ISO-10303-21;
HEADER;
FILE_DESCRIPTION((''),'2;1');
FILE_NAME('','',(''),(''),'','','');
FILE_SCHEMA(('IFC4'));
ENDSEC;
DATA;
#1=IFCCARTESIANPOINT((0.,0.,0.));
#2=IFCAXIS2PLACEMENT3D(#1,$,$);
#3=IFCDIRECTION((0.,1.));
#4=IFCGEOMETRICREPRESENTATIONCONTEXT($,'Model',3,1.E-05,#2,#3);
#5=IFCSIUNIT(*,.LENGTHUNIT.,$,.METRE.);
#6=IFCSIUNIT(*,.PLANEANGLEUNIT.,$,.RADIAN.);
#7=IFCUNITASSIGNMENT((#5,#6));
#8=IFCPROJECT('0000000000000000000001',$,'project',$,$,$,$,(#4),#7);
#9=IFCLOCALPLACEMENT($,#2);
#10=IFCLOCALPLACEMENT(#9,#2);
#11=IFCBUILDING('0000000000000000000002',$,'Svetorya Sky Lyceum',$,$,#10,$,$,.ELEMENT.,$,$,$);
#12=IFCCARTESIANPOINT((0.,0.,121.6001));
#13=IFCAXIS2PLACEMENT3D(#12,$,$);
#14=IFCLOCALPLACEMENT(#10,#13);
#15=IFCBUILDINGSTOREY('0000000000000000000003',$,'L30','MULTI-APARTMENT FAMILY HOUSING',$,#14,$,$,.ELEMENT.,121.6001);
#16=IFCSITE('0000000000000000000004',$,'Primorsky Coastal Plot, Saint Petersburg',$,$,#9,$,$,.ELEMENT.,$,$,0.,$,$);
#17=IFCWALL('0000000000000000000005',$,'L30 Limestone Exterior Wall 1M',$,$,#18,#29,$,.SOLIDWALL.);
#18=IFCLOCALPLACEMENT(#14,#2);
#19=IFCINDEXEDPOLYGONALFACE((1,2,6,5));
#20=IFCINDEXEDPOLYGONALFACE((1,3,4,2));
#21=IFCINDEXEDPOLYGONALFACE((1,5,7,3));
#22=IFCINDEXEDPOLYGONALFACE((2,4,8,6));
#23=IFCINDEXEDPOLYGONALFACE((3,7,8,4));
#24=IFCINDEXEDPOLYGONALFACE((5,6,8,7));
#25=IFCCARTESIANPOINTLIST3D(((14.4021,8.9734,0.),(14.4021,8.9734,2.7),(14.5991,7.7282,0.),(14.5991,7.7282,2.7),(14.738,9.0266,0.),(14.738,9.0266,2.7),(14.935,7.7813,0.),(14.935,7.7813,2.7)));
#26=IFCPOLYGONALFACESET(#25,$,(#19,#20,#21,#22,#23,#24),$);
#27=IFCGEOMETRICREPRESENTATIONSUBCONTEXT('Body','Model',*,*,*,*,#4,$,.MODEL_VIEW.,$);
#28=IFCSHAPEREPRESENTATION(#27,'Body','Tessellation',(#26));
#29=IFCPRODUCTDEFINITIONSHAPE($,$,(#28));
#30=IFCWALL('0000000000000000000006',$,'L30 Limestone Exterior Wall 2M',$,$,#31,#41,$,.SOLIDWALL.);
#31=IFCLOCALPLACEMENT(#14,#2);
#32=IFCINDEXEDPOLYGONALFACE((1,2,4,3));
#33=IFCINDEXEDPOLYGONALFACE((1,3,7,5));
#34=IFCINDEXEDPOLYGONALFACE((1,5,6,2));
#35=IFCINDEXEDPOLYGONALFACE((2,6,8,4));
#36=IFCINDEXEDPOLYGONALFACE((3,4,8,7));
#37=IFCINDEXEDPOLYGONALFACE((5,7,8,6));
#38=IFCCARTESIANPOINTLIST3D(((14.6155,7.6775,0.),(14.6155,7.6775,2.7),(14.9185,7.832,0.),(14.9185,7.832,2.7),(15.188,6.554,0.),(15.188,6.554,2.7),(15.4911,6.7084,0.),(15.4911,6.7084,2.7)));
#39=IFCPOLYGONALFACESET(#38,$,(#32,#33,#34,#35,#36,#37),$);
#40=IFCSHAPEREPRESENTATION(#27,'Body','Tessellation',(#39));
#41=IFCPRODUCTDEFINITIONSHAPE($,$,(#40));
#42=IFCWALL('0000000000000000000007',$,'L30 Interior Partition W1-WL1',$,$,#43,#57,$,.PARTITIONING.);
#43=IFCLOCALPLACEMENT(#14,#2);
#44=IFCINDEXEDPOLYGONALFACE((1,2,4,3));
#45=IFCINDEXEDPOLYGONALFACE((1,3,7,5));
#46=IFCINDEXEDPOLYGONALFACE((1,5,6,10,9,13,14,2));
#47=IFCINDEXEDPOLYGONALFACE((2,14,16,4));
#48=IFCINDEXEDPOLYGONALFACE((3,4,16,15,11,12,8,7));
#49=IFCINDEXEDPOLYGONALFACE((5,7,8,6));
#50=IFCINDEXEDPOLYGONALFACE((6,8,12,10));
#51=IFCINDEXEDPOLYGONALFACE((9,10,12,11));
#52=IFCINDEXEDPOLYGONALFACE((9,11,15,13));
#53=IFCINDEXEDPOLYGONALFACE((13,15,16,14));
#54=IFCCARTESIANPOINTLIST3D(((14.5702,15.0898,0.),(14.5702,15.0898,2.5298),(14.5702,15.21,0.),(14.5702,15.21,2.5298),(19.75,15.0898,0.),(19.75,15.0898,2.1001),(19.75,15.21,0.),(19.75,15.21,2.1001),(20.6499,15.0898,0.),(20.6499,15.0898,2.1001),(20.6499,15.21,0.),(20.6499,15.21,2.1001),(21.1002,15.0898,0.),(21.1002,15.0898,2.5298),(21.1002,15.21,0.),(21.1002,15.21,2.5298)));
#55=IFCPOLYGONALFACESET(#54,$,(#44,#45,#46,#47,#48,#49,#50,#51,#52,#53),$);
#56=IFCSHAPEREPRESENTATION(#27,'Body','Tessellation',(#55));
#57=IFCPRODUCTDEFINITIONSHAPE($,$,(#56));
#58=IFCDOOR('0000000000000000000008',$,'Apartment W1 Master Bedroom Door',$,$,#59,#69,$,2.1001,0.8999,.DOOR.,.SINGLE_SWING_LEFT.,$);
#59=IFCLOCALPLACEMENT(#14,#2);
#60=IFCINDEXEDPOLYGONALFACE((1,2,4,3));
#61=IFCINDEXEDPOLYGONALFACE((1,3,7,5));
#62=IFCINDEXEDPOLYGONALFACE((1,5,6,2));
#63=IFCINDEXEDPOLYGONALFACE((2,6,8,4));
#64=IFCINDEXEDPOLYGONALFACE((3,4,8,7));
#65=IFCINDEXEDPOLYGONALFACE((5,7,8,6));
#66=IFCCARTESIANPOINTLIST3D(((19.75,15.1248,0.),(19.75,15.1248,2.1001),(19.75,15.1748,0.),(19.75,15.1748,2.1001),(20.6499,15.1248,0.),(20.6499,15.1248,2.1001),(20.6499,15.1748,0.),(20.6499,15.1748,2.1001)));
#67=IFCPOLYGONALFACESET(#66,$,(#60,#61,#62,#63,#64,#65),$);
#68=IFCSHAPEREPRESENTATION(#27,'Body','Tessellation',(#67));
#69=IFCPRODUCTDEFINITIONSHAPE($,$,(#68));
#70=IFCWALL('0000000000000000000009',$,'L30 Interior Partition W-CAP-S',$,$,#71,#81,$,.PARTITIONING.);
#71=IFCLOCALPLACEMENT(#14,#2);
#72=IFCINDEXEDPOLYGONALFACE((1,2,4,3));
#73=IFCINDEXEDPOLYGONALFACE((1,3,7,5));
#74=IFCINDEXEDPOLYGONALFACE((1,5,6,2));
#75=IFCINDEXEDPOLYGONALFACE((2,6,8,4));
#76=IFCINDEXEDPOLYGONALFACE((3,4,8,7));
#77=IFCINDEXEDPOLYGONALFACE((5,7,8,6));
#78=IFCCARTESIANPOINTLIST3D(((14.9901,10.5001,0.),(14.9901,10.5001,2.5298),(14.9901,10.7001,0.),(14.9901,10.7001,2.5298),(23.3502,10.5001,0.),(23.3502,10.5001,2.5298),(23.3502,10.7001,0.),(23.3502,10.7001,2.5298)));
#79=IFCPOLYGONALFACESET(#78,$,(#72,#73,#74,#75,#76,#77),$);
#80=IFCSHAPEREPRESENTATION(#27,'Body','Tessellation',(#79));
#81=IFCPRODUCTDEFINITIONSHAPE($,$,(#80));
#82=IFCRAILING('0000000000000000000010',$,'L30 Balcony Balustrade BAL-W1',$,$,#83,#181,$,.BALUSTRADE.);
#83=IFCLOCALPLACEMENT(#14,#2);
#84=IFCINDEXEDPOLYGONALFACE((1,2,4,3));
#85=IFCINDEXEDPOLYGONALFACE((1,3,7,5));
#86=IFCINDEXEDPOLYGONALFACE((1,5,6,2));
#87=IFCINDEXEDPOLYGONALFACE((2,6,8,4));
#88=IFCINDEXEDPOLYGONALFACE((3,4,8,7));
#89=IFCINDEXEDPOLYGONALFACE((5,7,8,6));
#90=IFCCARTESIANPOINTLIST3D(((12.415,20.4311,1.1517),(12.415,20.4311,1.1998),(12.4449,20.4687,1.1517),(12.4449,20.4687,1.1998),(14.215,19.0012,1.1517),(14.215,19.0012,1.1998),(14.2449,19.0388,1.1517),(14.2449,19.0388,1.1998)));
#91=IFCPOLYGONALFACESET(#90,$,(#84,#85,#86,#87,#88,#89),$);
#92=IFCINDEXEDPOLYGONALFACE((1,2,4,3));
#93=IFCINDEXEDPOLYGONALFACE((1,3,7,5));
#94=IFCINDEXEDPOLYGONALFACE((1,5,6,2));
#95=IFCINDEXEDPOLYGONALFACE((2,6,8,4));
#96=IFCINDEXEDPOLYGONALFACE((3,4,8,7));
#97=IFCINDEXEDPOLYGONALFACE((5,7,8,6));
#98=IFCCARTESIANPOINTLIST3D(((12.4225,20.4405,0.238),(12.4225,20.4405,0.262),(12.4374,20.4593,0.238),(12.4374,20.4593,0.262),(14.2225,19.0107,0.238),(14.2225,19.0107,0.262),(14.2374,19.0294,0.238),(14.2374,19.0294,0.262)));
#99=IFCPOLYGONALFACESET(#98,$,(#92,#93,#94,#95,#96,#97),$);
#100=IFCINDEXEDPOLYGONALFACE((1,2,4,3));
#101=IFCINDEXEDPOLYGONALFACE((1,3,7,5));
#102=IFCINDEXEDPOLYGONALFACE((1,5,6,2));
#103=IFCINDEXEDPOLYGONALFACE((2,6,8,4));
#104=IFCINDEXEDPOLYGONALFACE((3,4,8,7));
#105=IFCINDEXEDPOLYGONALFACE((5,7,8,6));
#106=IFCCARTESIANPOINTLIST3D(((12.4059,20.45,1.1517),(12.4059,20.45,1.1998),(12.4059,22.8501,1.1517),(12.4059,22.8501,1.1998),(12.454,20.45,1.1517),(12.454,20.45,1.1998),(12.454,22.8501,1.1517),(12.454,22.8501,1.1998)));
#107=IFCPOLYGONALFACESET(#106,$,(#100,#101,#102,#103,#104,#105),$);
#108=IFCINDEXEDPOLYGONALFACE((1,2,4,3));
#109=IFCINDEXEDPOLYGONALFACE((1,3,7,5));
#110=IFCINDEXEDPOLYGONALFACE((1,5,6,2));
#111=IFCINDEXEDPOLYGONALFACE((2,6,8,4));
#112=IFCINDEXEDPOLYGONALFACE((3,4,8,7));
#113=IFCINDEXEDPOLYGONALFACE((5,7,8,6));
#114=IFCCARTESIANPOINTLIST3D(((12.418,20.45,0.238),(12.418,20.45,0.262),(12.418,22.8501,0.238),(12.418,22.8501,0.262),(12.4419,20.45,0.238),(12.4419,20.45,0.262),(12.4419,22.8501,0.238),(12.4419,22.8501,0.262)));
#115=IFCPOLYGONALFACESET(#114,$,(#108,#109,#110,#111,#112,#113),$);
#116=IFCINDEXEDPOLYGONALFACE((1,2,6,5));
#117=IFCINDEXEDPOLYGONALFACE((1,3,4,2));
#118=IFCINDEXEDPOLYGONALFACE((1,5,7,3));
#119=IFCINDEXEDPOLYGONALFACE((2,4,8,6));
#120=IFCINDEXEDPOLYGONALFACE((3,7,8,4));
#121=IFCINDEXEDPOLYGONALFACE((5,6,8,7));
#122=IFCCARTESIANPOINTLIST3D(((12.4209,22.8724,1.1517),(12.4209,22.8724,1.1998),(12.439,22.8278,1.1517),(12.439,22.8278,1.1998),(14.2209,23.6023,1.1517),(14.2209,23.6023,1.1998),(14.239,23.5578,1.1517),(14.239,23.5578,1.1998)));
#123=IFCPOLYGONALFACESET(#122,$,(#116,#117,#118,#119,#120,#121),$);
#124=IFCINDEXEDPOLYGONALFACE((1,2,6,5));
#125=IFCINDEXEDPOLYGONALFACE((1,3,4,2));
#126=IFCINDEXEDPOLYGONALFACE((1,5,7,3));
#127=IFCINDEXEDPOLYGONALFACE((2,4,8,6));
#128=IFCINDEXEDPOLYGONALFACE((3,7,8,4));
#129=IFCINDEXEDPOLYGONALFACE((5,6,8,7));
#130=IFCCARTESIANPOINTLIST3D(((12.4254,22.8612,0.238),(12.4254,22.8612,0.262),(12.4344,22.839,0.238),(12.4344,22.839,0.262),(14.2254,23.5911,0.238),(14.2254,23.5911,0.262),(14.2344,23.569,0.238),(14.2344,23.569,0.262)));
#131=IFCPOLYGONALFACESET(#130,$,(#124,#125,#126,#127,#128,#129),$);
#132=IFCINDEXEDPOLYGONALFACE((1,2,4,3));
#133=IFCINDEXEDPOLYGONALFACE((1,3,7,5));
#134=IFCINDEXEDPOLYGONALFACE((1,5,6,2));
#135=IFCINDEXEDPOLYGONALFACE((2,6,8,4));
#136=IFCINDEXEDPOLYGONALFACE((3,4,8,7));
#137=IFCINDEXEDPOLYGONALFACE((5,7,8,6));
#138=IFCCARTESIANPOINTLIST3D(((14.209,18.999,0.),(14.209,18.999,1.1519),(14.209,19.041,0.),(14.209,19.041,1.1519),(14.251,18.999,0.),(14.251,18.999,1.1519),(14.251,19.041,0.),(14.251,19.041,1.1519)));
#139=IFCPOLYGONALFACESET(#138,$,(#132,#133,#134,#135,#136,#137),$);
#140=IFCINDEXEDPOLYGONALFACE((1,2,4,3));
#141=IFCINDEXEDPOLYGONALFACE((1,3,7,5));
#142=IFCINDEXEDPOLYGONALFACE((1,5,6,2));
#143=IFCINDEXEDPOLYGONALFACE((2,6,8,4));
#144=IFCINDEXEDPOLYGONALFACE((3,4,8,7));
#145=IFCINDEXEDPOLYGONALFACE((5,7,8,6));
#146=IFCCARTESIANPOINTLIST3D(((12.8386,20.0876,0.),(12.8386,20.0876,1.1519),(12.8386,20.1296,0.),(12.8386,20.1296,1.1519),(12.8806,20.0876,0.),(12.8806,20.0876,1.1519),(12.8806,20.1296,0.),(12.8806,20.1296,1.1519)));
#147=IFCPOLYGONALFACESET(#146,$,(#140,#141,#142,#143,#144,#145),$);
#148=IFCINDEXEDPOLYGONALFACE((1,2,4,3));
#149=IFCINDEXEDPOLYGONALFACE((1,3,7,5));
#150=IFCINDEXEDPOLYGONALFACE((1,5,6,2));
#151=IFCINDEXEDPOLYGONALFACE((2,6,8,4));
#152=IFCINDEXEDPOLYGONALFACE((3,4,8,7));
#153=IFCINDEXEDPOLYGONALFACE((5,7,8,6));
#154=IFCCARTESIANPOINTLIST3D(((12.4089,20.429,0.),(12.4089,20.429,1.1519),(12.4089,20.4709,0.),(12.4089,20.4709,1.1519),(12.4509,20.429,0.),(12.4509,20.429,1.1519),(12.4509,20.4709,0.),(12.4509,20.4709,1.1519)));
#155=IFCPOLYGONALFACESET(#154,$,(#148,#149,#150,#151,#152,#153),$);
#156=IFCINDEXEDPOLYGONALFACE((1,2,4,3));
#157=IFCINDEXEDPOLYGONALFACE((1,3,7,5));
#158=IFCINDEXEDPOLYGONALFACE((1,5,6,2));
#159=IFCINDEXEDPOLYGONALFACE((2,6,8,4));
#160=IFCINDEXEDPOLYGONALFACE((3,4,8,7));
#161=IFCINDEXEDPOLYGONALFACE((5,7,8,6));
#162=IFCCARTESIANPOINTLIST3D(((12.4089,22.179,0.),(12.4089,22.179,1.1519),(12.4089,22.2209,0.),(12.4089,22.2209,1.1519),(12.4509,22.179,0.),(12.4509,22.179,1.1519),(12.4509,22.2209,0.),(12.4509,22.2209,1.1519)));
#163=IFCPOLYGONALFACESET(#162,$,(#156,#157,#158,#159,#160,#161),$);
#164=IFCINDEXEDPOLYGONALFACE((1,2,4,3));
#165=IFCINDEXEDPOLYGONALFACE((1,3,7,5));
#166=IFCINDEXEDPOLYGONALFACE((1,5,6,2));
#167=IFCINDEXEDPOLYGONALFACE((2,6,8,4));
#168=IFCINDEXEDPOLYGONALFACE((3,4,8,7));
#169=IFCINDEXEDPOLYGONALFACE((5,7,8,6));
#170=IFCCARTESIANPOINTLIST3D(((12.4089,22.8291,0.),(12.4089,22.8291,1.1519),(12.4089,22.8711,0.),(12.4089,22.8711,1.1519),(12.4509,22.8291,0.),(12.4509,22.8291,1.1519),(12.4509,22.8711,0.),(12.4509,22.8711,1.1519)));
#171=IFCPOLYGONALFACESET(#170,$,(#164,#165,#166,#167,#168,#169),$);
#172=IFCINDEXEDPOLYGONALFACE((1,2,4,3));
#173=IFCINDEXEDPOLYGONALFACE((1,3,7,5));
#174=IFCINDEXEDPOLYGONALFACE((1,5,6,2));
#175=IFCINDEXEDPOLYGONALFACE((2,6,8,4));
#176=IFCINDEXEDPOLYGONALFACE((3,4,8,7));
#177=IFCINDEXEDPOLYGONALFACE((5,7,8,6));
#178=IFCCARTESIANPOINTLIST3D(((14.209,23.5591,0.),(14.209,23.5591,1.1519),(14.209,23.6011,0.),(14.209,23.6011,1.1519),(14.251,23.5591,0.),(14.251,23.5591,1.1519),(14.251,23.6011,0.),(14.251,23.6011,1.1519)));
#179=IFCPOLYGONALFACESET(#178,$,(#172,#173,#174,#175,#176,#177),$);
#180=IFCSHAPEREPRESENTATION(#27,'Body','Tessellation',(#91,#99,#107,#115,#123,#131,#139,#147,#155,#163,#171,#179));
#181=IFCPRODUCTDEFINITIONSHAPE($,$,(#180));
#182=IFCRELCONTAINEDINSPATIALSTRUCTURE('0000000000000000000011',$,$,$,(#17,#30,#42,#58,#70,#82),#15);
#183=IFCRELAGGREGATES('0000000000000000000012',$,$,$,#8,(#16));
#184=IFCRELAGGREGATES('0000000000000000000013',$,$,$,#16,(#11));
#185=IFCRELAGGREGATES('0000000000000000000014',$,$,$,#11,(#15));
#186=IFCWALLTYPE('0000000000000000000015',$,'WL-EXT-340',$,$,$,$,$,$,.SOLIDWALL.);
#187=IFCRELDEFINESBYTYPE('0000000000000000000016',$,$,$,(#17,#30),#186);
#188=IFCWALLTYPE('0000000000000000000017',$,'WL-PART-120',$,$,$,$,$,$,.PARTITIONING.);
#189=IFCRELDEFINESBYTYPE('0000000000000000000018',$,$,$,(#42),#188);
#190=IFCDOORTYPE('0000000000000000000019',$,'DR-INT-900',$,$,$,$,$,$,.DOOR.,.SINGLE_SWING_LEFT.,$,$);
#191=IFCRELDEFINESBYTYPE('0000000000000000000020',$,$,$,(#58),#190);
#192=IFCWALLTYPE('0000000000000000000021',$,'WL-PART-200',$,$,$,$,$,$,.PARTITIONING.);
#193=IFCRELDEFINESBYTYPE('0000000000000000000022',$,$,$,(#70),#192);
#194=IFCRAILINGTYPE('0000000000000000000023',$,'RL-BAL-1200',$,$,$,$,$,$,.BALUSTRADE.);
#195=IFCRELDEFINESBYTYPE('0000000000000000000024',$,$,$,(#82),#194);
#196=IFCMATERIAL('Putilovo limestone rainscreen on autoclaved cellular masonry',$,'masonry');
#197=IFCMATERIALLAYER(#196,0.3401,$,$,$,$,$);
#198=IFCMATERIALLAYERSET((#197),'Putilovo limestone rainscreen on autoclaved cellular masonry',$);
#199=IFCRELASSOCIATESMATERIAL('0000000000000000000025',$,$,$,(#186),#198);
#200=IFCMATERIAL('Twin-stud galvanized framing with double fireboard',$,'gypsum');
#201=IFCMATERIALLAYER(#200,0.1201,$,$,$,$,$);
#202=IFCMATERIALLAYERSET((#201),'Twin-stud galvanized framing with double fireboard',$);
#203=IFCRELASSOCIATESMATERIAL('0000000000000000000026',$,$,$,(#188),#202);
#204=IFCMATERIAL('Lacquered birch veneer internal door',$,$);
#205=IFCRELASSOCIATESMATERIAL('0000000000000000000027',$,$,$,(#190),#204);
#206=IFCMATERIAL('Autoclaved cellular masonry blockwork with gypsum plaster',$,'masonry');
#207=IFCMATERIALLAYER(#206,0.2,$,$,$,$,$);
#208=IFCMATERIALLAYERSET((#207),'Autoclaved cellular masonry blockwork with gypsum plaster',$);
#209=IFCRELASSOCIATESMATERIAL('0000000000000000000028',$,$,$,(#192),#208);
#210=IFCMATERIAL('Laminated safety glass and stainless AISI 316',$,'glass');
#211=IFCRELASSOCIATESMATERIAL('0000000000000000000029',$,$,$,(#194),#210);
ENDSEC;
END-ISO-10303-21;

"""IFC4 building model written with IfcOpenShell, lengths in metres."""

from ifc_helpers import new_model, si_unit, direction, frame, frame_2d, origin, origin_2d, place, context, subcontext, project, spatial, rectangle, extrude, material, layer, layer_set, type_object, element, fill, save


model = new_model("IFC4")

# Units and contexts
model_context = context("Model", 3, precision=1e-05, world=origin(), true_north=direction((0.0, 1.0)))
body_context = subcontext(model_context, "Body", "Model", "MODEL_VIEW")
ifc_project = project(units=[si_unit("LENGTHUNIT", "METRE"), si_unit("PLANEANGLEUNIT", "RADIAN")], contexts=[model_context])

# Site, building, storey
site_placement = place(None, origin())
site = spatial("IfcSite", under=ifc_project, at=site_placement, Name="Primorsky Coastal Plot, Saint Petersburg", CompositionType="ELEMENT", RefElevation=0.0)
building_placement = place(site_placement, origin())
building = spatial("IfcBuilding", under=site, at=building_placement, Name="Svetorya Sky Lyceum", CompositionType="ELEMENT")
storey_placement = place(building_placement, frame((0.0, 0.0, 121.6001)))
storey = spatial("IfcBuildingStorey", under=building, at=storey_placement, Name="L30", Description="MULTI-APARTMENT FAMILY HOUSING", CompositionType="ELEMENT", Elevation=121.6001)

# Walls
ifc_material_1 = material(Name="Putilovo limestone rainscreen on autoclaved cellular masonry", Category="masonry")
ifc_layer_1 = layer(ifc_material_1, 0.3401)
ifc_layer_set_1 = layer_set([ifc_layer_1], Name="Putilovo limestone rainscreen on autoclaved cellular masonry")
wall_type_1 = type_object("IfcWallType", Name="WL-EXT-340", PredefinedType="SOLIDWALL", material=ifc_layer_set_1)
wall_1_placement = place(storey_placement, frame((14.5701, 9.0, 0.0), z_axis=(0.0, 0.0, 1.0), x_axis=(0.156261, -0.987716, 0.0)))
element("IfcWall", 1, at=wall_1_placement, inside=storey, type_object=wall_type_1, Name="L30 Limestone Exterior Wall 1M", PredefinedType="SOLIDWALL", context=body_context, shape_type="SweptSolid", body=[
    extrude(rectangle(XDim=1.2607, YDim=0.3401, at=frame_2d((0.6304, 0.0))), origin(), (0.0, 0.0, 1.0), 2.7),
])
wall_2_placement = place(storey_placement, frame((14.7671, 7.7546, 0.0), z_axis=(0.0, 0.0, 1.0), x_axis=(0.454016, -0.890994, 0.0)))
element("IfcWall", 2, at=wall_2_placement, inside=storey, type_object=wall_type_1, Name="L30 Limestone Exterior Wall 2M", PredefinedType="SOLIDWALL", context=body_context, shape_type="SweptSolid", body=[
    extrude(rectangle(XDim=1.261, YDim=0.3401, at=frame_2d((0.6304, 0.0))), origin(), (0.0, 0.0, 1.0), 2.7),
])

# Wall, opening, door
ifc_material_2 = material(Name="Twin-stud galvanized framing with double fireboard", Category="gypsum")
ifc_layer_2 = layer(ifc_material_2, 0.1201)
ifc_layer_set_2 = layer_set([ifc_layer_2], Name="Twin-stud galvanized framing with double fireboard")
wall_type_2 = type_object("IfcWallType", Name="WL-PART-120", PredefinedType="PARTITIONING", material=ifc_layer_set_2)
wall_3_placement = place(storey_placement, frame((14.5701, 15.1499, 0.0), z_axis=(0.0, 0.0, 1.0), x_axis=(1.0, 0.0, 0.0)))
wall_3 = element("IfcWall", 3, at=wall_3_placement, inside=storey, type_object=wall_type_2, Name="L30 Interior Partition W1-WL1", PredefinedType="PARTITIONING", context=body_context, shape_type="SweptSolid", body=[
    extrude(rectangle(XDim=6.53, YDim=0.1201, at=frame_2d((3.2651, 0.0))), origin(), (0.0, 0.0, 1.0), 2.5298),
])
opening_placement = place(wall_3_placement, frame((5.1799, 0.0, 0.0)))
opening = element("IfcOpeningElement", 4, at=opening_placement, cuts=wall_3, PredefinedType="OPENING", context=body_context, shape_type="SweptSolid", body=[
    extrude(rectangle(XDim=0.8999, YDim=2.1001, at=frame_2d((0.45, 1.05))), frame((0.0, 0.0701, 0.0), z_axis=(0.0, -1.0, 0.0), x_axis=(1.0, 0.0, 0.0)), (0.0, 0.0, 1.0), 0.1401),
])
ifc_material_3 = material(Name="Lacquered birch veneer internal door")
door_type = type_object("IfcDoorType", Name="DR-INT-900", OperationType="SINGLE_SWING_LEFT", PredefinedType="DOOR", material=ifc_material_3)
door_placement = place(opening_placement, origin())
door = element("IfcDoor", 5, at=door_placement, inside=storey, type_object=door_type, Name="Apartment W1 Master Bedroom Door", OperationType="SINGLE_SWING_LEFT", OverallHeight=2.1001, OverallWidth=0.8999, PredefinedType="DOOR", context=body_context, shape_type="SweptSolid", body=[
    extrude(rectangle(XDim=0.8999, YDim=2.1001, at=frame_2d((0.45, 1.05))), frame((0.0, 0.0249, 0.0), z_axis=(0.0, -1.0, 0.0), x_axis=(1.0, 0.0, 0.0)), (0.0, 0.0, 1.0), 0.05),
])
fill(opening, door)

# Wall
ifc_material_4 = material(Name="Autoclaved cellular masonry blockwork with gypsum plaster", Category="masonry")
ifc_layer_3 = layer(ifc_material_4, 0.2)
ifc_layer_set_3 = layer_set([ifc_layer_3], Name="Autoclaved cellular masonry blockwork with gypsum plaster")
wall_type_3 = type_object("IfcWallType", Name="WL-PART-200", PredefinedType="PARTITIONING", material=ifc_layer_set_3)
wall_4_placement = place(storey_placement, frame((14.99, 10.6001, 0.0), z_axis=(0.0, 0.0, 1.0), x_axis=(1.0, 0.0, 0.0)))
element("IfcWall", 6, at=wall_4_placement, inside=storey, type_object=wall_type_3, Name="L30 Interior Partition W-CAP-S", PredefinedType="PARTITIONING", context=body_context, shape_type="SweptSolid", body=[
    extrude(rectangle(XDim=8.3601, YDim=0.2, at=frame_2d((4.1802, 0.0))), origin(), (0.0, 0.0, 1.0), 2.5298),
])

# Railing
ifc_material_5 = material(Name="Laminated safety glass and stainless AISI 316", Category="glass")
railing_type = type_object("IfcRailingType", Name="RL-BAL-1200", PredefinedType="BALUSTRADE", material=ifc_material_5)
railing_placement = place(storey_placement, frame((14.23, 19.02, 0.0)))
element("IfcRailing", 7, at=railing_placement, inside=storey, type_object=railing_type, Name="L30 Balcony Balustrade BAL-W1", PredefinedType="BALUSTRADE", context=body_context, shape_type="SweptSolid", body=[
    extrude(rectangle(XDim=0.0481, YDim=0.0481, at=origin_2d()), frame((0.0, 0.0, 1.1758), z_axis=(-0.783009, 0.62201, 0.0), x_axis=(-0.62201, -0.783009, 0.0)), (0.0, 0.0, 1.0), 2.2988),
    extrude(rectangle(XDim=0.0239, YDim=0.0239, at=origin_2d()), frame((0.0, 0.0, 0.25), z_axis=(-0.783009, 0.62201, 0.0), x_axis=(-0.62201, -0.783009, 0.0)), (0.0, 0.0, 1.0), 2.2988),
    extrude(rectangle(XDim=0.0481, YDim=0.0481, at=origin_2d()), frame((-1.8, 1.4299, 1.1758), z_axis=(0.0, 1.0, 0.0), x_axis=(-1.0, 0.0, 0.0)), (0.0, 0.0, 1.0), 2.4001),
    extrude(rectangle(XDim=0.0239, YDim=0.0239, at=origin_2d()), frame((-1.8, 1.4299, 0.25), z_axis=(0.0, 1.0, 0.0), x_axis=(-1.0, 0.0, 0.0)), (0.0, 0.0, 1.0), 2.4001),
    extrude(rectangle(XDim=0.0481, YDim=0.0481, at=origin_2d()), frame((-1.8, 3.8301, 1.1758), z_axis=(0.926698, 0.375807, 0.0), x_axis=(-0.375807, 0.926698, 0.0)), (0.0, 0.0, 1.0), 1.9424),
    extrude(rectangle(XDim=0.0239, YDim=0.0239, at=origin_2d()), frame((-1.8, 3.8301, 0.25), z_axis=(0.926698, 0.375807, 0.0), x_axis=(-0.375807, 0.926698, 0.0)), (0.0, 0.0, 1.0), 1.9424),
    extrude(rectangle(XDim=0.042, YDim=0.042, at=origin_2d()), origin(), (0.0, 0.0, 1.0), 1.1519),
    extrude(rectangle(XDim=0.042, YDim=0.042, at=origin_2d()), frame((-1.3704, 1.0886, 0.0)), (0.0, 0.0, 1.0), 1.1519),
    extrude(rectangle(XDim=0.042, YDim=0.042, at=origin_2d()), frame((-1.8, 1.4299, 0.0)), (0.0, 0.0, 1.0), 1.1519),
    extrude(rectangle(XDim=0.042, YDim=0.042, at=origin_2d()), frame((-1.8, 3.1799, 0.0)), (0.0, 0.0, 1.0), 1.1519),
    extrude(rectangle(XDim=0.042, YDim=0.042, at=origin_2d()), frame((-1.8, 3.8301, 0.0)), (0.0, 0.0, 1.0), 1.1519),
    extrude(rectangle(XDim=0.042, YDim=0.042, at=origin_2d()), frame((0.0, 4.5601, 0.0)), (0.0, 0.0, 1.0), 1.1519),
])

save(model, "model.ifc")
